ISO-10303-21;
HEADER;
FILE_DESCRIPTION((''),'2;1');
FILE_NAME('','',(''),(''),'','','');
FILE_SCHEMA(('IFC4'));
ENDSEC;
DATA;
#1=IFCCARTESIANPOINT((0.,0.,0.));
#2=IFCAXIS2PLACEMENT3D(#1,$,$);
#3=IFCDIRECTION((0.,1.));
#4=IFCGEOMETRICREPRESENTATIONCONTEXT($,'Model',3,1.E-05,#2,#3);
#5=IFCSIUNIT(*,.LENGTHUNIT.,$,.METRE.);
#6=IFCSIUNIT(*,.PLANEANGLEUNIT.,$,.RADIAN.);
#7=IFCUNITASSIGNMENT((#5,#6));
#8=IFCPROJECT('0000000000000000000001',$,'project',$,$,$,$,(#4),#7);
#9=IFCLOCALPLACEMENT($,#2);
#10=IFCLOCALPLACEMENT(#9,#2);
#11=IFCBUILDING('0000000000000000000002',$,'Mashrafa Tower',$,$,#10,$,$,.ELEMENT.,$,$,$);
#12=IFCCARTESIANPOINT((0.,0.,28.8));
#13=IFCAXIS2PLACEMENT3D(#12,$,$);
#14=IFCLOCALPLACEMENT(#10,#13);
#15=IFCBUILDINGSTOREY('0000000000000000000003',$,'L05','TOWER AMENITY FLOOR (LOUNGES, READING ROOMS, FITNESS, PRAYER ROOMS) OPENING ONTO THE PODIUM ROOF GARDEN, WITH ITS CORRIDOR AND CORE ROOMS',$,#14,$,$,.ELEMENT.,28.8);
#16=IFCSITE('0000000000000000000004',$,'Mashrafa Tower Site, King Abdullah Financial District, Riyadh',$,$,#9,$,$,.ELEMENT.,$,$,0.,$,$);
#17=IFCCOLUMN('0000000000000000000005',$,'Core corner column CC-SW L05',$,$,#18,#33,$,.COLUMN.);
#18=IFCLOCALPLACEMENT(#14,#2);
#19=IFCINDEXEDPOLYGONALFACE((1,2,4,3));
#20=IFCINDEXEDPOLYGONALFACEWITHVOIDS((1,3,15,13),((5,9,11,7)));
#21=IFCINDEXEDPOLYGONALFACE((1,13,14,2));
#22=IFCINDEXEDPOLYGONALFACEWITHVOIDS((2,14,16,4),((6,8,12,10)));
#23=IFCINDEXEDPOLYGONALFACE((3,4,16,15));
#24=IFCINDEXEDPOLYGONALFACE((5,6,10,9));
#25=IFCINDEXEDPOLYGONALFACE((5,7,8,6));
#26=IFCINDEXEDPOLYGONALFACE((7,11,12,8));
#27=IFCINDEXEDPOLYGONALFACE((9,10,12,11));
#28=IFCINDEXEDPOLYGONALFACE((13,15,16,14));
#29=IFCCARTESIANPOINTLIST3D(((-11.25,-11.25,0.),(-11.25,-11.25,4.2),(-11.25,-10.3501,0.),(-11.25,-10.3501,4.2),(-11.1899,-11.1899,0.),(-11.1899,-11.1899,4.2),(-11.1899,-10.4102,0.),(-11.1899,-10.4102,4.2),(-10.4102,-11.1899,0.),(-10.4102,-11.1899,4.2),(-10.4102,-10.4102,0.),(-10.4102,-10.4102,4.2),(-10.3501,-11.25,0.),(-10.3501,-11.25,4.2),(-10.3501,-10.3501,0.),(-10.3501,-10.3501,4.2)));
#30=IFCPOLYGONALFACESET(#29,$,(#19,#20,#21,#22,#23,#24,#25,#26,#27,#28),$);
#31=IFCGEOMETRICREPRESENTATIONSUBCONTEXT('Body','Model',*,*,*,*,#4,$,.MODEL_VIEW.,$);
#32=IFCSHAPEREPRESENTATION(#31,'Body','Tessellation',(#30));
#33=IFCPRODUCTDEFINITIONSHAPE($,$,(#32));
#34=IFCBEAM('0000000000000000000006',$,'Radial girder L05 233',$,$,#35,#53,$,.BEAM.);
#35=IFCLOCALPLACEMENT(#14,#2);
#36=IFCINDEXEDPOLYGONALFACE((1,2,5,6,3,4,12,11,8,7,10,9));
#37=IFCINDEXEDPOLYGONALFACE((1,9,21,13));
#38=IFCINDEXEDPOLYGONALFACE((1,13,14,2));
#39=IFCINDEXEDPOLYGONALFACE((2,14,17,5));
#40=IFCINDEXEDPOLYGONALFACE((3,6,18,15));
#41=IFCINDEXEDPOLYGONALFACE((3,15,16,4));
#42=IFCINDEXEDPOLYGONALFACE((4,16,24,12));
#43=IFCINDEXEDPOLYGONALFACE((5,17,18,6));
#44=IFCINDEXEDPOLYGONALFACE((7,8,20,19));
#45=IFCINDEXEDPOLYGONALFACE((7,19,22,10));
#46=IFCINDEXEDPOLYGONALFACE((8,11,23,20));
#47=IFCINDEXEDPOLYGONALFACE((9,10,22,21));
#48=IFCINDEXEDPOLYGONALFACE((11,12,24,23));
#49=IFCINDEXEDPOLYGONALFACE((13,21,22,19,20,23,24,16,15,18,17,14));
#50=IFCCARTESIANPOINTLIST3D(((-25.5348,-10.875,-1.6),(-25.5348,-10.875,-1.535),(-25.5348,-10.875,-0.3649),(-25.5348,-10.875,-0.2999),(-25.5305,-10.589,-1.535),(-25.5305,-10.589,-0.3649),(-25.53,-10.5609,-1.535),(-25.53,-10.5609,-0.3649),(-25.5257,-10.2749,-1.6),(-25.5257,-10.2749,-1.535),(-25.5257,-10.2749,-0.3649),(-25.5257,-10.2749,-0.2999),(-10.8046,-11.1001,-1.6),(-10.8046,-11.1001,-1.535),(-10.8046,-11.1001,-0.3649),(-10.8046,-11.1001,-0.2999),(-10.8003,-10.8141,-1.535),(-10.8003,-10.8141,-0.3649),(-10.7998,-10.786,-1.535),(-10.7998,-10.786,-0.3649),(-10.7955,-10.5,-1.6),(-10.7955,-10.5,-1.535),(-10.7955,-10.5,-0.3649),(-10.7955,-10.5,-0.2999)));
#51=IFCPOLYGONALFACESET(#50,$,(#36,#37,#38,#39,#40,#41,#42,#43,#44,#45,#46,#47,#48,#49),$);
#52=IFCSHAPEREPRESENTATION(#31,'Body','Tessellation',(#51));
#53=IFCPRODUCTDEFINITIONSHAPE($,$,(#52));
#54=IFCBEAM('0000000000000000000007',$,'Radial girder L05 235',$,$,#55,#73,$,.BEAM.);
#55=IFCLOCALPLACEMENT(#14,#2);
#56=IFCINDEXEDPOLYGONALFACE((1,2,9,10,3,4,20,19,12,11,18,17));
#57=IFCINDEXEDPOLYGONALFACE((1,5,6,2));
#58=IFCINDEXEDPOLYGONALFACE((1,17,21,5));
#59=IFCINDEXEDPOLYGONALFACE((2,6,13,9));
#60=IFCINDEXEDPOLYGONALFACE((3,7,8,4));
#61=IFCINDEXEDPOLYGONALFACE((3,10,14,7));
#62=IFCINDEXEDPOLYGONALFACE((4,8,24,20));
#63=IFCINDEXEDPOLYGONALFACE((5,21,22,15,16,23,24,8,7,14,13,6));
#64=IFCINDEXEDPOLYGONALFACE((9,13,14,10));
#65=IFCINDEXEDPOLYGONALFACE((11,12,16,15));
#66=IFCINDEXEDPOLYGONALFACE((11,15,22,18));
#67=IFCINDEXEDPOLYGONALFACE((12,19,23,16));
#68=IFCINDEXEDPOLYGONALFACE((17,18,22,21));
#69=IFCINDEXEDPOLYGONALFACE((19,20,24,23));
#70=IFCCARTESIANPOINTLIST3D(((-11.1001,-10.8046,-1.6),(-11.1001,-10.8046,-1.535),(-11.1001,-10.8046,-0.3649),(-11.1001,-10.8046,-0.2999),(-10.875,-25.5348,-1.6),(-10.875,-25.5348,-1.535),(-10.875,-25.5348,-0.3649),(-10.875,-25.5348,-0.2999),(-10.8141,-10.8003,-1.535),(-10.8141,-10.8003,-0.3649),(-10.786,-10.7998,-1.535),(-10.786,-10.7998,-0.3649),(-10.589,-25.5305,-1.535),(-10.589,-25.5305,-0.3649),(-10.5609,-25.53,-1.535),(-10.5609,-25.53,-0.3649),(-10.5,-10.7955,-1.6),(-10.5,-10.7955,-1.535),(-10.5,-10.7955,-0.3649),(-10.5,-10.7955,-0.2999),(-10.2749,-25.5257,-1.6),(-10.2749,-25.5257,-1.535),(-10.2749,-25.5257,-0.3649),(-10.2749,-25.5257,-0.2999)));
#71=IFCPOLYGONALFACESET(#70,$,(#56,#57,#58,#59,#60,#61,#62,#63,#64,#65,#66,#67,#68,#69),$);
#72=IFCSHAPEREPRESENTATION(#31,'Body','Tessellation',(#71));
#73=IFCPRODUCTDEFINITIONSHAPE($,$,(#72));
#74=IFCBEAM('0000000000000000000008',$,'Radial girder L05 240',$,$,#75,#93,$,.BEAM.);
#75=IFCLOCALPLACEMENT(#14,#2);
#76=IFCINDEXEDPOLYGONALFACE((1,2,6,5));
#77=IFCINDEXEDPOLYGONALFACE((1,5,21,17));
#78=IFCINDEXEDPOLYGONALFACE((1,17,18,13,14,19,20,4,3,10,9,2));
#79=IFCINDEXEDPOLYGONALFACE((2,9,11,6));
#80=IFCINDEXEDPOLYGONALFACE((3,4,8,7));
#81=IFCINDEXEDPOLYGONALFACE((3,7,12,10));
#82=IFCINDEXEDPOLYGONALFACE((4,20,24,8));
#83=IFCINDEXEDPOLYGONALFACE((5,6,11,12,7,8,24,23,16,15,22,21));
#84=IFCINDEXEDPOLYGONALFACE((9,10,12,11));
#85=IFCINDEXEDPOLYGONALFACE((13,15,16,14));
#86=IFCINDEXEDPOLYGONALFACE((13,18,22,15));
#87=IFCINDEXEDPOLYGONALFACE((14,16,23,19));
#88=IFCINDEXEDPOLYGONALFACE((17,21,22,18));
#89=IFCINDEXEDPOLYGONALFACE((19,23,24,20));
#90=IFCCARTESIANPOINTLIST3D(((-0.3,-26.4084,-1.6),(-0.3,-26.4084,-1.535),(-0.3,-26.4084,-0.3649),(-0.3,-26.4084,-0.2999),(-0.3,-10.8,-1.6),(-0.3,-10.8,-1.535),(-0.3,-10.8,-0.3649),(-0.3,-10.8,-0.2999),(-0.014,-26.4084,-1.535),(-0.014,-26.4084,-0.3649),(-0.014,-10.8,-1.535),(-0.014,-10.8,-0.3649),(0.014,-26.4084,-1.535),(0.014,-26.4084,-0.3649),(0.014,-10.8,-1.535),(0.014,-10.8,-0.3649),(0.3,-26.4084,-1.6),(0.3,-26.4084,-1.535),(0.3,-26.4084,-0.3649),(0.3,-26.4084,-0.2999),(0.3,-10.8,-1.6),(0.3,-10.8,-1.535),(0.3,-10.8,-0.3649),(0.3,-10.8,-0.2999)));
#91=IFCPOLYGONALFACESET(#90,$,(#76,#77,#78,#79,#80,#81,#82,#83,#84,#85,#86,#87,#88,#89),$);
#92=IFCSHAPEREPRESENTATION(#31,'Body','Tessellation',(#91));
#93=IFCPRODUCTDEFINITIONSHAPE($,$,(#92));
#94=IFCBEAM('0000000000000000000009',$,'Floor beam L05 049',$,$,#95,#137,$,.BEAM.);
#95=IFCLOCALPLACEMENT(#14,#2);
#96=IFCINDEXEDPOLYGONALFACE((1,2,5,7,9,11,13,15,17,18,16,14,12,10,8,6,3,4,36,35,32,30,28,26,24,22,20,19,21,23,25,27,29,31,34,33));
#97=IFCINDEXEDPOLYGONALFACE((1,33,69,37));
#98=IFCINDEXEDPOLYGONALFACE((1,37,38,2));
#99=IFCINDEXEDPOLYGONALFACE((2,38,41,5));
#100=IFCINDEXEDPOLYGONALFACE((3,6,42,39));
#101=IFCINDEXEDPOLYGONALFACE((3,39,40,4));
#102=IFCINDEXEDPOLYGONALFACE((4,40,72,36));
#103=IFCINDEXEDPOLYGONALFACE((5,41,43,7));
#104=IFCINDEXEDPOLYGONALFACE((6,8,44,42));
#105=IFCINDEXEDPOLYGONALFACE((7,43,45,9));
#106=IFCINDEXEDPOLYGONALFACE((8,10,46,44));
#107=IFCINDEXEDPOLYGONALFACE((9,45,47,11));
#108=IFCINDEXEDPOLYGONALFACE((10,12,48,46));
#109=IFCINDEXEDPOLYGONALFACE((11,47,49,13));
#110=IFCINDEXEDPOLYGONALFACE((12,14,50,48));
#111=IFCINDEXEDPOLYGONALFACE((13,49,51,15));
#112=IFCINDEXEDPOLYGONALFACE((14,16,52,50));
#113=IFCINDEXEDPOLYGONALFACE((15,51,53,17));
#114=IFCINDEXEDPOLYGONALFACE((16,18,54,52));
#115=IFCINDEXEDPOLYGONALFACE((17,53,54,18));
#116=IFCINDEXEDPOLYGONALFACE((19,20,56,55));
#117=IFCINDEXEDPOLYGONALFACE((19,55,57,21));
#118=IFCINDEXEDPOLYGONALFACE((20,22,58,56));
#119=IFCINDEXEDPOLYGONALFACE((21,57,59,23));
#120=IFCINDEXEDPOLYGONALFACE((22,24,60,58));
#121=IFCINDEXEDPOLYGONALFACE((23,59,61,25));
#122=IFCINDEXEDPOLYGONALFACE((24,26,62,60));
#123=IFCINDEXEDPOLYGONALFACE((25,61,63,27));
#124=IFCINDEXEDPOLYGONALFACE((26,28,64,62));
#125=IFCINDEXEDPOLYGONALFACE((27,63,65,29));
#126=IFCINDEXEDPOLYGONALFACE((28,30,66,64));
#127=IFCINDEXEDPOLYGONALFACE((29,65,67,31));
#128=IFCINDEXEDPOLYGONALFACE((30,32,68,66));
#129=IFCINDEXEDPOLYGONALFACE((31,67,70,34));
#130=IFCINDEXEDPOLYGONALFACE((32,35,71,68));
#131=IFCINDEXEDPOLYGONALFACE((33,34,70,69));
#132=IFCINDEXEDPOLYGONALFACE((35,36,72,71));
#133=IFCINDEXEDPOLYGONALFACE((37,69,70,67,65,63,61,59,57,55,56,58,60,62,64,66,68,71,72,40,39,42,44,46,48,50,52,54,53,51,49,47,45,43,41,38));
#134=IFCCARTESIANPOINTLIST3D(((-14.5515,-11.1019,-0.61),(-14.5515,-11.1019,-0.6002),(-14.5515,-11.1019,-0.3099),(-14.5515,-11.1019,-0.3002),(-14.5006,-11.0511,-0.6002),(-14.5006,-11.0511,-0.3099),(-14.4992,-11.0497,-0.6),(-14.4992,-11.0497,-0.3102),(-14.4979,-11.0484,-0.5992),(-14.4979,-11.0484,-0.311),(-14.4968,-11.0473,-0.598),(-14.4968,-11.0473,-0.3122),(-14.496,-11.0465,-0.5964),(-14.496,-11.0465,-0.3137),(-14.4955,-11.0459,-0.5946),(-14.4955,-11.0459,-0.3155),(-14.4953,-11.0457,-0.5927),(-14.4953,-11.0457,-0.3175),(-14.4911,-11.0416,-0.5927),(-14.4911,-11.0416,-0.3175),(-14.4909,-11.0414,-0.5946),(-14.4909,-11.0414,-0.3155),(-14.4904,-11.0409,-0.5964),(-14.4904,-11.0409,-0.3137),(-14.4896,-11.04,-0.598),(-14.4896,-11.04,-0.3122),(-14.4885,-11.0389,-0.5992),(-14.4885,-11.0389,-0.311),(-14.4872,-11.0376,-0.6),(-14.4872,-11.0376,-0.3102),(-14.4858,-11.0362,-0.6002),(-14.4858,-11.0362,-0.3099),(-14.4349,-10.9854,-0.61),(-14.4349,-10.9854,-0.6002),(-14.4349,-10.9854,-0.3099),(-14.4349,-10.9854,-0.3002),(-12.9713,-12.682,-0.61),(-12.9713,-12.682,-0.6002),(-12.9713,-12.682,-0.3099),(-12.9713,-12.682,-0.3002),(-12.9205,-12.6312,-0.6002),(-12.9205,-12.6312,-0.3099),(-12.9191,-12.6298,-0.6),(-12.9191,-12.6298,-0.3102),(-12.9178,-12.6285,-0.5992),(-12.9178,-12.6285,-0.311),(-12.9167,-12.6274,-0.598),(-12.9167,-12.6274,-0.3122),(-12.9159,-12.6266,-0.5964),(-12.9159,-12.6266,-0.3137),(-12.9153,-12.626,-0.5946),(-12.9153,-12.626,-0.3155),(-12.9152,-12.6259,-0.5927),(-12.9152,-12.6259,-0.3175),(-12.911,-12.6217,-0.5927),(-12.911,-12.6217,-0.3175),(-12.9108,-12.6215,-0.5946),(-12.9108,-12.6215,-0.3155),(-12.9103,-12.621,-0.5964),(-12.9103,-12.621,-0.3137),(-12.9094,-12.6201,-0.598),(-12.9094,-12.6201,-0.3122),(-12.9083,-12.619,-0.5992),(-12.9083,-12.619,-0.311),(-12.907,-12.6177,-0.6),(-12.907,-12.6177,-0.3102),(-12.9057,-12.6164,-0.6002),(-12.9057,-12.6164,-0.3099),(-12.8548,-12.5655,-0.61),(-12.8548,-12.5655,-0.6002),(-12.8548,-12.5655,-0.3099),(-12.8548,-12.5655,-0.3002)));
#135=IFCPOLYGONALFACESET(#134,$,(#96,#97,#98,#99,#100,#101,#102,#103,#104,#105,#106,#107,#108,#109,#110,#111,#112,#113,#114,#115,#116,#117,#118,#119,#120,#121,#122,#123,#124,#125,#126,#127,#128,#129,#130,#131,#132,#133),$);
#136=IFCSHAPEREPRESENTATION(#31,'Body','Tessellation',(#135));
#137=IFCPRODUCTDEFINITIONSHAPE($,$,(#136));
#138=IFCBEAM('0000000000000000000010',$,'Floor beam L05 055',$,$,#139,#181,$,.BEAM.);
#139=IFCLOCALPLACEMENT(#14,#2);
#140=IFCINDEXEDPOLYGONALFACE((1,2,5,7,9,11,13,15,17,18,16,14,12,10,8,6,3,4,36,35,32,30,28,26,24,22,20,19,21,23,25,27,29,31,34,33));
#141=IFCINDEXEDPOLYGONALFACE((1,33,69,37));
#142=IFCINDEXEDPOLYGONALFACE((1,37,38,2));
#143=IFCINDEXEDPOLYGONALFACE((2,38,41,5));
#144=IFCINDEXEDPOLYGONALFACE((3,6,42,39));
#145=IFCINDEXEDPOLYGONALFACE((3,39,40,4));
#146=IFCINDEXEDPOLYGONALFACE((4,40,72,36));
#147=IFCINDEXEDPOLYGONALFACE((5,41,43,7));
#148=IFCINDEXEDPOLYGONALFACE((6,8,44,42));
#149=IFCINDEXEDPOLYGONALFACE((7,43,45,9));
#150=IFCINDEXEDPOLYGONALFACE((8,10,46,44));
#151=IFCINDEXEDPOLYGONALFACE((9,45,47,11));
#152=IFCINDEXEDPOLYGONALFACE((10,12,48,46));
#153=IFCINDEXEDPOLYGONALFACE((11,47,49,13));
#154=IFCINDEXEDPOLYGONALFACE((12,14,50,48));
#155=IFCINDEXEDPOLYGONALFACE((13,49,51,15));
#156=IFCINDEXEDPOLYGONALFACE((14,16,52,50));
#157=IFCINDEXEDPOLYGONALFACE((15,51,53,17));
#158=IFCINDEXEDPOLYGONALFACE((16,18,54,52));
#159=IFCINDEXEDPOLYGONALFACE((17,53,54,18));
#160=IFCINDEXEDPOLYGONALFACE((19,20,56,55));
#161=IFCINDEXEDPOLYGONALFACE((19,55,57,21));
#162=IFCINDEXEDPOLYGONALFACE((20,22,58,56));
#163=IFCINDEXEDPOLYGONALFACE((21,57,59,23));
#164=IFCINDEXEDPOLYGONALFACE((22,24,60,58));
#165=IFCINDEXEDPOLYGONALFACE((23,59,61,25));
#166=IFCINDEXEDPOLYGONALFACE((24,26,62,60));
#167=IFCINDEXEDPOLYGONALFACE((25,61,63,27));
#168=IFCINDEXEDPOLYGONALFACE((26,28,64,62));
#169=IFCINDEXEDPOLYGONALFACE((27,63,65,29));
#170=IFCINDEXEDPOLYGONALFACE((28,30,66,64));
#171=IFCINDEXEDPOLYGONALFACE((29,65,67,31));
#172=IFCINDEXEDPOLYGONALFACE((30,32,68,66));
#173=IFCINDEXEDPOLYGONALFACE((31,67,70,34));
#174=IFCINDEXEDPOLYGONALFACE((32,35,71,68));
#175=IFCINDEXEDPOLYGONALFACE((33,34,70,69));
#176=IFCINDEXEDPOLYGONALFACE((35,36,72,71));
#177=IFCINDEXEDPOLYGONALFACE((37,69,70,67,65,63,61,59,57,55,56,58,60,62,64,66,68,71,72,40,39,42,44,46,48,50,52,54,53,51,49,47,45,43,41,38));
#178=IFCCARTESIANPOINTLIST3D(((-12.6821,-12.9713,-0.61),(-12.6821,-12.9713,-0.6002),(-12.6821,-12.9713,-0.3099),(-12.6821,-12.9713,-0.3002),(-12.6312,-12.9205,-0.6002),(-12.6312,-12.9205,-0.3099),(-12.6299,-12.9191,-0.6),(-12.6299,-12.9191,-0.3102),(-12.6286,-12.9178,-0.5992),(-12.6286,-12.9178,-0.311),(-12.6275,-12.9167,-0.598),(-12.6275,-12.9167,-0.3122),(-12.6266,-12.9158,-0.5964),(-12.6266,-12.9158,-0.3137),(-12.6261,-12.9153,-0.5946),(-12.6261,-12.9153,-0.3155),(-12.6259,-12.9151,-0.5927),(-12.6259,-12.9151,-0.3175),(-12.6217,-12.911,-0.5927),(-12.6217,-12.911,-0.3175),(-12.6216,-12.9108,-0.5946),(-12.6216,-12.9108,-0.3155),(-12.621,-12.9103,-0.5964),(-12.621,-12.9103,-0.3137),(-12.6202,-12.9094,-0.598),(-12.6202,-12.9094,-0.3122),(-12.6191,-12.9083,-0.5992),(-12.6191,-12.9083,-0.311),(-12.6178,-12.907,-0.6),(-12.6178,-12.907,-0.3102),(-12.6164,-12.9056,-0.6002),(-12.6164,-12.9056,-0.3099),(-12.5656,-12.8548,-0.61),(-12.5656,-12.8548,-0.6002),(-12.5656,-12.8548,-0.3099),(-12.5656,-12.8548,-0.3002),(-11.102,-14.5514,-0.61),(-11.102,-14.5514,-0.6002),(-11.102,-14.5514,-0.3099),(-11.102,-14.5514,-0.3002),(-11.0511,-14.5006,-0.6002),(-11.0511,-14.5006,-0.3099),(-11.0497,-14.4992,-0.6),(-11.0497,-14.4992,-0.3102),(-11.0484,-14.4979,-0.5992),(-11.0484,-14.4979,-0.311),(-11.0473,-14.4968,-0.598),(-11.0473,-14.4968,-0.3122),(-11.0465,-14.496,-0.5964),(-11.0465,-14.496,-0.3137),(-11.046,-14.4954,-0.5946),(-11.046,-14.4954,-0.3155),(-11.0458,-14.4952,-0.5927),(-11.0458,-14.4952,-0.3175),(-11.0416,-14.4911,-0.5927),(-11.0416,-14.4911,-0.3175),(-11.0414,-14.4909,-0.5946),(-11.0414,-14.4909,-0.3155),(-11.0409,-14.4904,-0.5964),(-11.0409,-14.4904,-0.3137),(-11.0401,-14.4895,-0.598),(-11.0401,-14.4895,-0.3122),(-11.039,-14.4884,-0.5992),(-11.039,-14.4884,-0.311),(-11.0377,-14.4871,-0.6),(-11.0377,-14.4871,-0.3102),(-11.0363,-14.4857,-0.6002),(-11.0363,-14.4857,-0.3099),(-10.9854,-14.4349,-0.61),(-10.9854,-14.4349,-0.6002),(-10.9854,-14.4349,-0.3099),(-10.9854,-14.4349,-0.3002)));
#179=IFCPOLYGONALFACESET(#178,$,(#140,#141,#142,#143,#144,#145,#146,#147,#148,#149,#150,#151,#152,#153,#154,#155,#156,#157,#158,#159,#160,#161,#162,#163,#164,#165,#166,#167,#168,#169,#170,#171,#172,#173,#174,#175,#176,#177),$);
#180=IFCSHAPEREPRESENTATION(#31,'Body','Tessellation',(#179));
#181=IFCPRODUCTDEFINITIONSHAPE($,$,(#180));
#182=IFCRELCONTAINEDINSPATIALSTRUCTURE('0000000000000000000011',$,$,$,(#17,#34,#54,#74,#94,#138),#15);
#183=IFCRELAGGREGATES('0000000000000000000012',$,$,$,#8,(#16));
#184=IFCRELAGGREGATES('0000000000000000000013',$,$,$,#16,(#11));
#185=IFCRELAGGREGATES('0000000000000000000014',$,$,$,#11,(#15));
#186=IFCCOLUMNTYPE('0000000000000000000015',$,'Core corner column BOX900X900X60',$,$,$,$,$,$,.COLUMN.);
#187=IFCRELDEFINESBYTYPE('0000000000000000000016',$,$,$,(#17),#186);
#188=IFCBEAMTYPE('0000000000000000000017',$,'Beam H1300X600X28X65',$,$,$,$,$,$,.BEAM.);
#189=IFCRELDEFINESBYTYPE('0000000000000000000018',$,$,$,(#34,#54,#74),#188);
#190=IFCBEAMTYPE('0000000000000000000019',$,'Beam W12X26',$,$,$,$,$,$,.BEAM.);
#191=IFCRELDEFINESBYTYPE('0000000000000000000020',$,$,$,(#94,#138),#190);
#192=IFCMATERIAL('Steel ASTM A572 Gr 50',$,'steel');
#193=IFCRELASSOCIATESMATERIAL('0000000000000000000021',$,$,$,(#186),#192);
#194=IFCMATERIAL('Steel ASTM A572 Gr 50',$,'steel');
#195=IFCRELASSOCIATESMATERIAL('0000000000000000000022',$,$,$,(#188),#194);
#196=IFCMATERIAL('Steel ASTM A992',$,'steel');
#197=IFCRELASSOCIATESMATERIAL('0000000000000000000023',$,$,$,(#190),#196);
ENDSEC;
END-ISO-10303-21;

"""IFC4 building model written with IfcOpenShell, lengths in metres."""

from ifc_helpers import new_model, si_unit, direction, frame, origin, origin_2d, place, context, subcontext, project, spatial, hollow_rectangle, i_section, extrude, material, material_profile, profile_set, type_object, element, save


model = new_model("IFC4")

# Units and contexts
model_context = context("Model", 3, precision=1e-05, world=origin(), true_north=direction((0.0, 1.0)))
body_context = subcontext(model_context, "Body", "Model", "MODEL_VIEW")
ifc_project = project(units=[si_unit("LENGTHUNIT", "METRE"), si_unit("PLANEANGLEUNIT", "RADIAN")], contexts=[model_context])

# Site, building, storey
site_placement = place(None, origin())
site = spatial("IfcSite", under=ifc_project, at=site_placement, Name="Mashrafa Tower Site, King Abdullah Financial District, Riyadh", CompositionType="ELEMENT", RefElevation=0.0)
building_placement = place(site_placement, origin())
building = spatial("IfcBuilding", under=site, at=building_placement, Name="Mashrafa Tower", CompositionType="ELEMENT")
storey_placement = place(building_placement, frame((0.0, 0.0, 28.8)))
storey = spatial("IfcBuildingStorey", under=building, at=storey_placement, Name="L05", Description="TOWER AMENITY FLOOR (LOUNGES, READING ROOMS, FITNESS, PRAYER ROOMS) OPENING ONTO THE PODIUM ROOF GARDEN, WITH ITS CORRIDOR AND CORE ROOMS", CompositionType="ELEMENT", Elevation=28.8)

# Column
ifc_material_1 = material(Name="Steel ASTM A572 Gr 50", Category="steel")
ifc_material_profile_1 = material_profile(ifc_material_1, hollow_rectangle(XDim=0.8999, YDim=0.8999, WallThickness=0.0601, at=origin_2d()), Name="BOX900X900X60")
ifc_profile_set_1 = profile_set([ifc_material_profile_1], Name="Steel ASTM A572 Gr 50")
column_type = type_object("IfcColumnType", Name="Core corner column BOX900X900X60", PredefinedType="COLUMN", material=ifc_profile_set_1)
column_placement = place(storey_placement, frame((-10.8, -10.8, 0.0), z_axis=(0.0, 0.0, 1.0), x_axis=(1.0, 0.0, 0.0)))
element("IfcColumn", 1, at=column_placement, inside=storey, type_object=column_type, Name="Core corner column CC-SW L05", PredefinedType="COLUMN", context=body_context, shape_type="SweptSolid", body=[
    extrude(hollow_rectangle(XDim=0.8999, YDim=0.8999, WallThickness=0.0601, at=origin_2d()), origin(), (0.0, 0.0, 1.0), 4.2),
])

# Beams
ifc_material_2 = material(Name="Steel ASTM A572 Gr 50", Category="steel")
ifc_material_profile_2 = material_profile(ifc_material_2, i_section(OverallWidth=0.6001, OverallDepth=1.3, WebThickness=0.0281, FlangeThickness=0.0649, at=origin_2d()), Name="H1300X600X28X65")
ifc_profile_set_2 = profile_set([ifc_material_profile_2], Name="Steel ASTM A572 Gr 50")
beam_type_1 = type_object("IfcBeamType", Name="Beam H1300X600X28X65", PredefinedType="BEAM", material=ifc_profile_set_2)
for number, where, z_axis, x_axis, name in (
    (2, (-10.8, -10.8, -0.95), (-0.999883, 0.01528, 0.0), (-0.01528, -0.999883, 0.0), "Radial girder L05 233"),
    (3, (-10.8, -10.8, -0.95), (0.01528, -0.999883, 0.0), (0.999883, 0.01528, 0.0), "Radial girder L05 235"),
):
    element("IfcBeam", number, at=place(storey_placement, frame(where, z_axis=z_axis, x_axis=x_axis)), inside=storey, type_object=beam_type_1, Name=name, PredefinedType="BEAM", context=body_context, shape_type="SweptSolid", body=[
        extrude(i_section(OverallWidth=0.6001, OverallDepth=1.3, WebThickness=0.0281, FlangeThickness=0.0649, at=origin_2d()), origin(), (0.0, 0.0, 1.0), 14.7319),
    ])
beam_1_placement = place(storey_placement, frame((0.0, -10.8, -0.95), z_axis=(0.0, -1.0, 0.0), x_axis=(1.0, 0.0, 0.0)))
element("IfcBeam", 4, at=beam_1_placement, inside=storey, type_object=beam_type_1, Name="Radial girder L05 240", PredefinedType="BEAM", context=body_context, shape_type="SweptSolid", body=[
    extrude(i_section(OverallWidth=0.6001, OverallDepth=1.3, WebThickness=0.0281, FlangeThickness=0.0649, at=origin_2d()), origin(), (0.0, 0.0, 1.0), 15.6084),
])
ifc_material_3 = material(Name="Steel ASTM A992", Category="steel")
ifc_material_profile_3 = material_profile(ifc_material_3, i_section(OverallWidth=0.1648, OverallDepth=0.3098, WebThickness=0.0059, FlangeThickness=0.0098, FilletRadius=0.0076, at=origin_2d()), Name="W12X26")
ifc_profile_set_3 = profile_set([ifc_material_profile_3], Name="Steel ASTM A992")
beam_type_2 = type_object("IfcBeamType", Name="Beam W12X26", PredefinedType="BEAM", material=ifc_profile_set_3)
for number, where, z_axis, x_axis, name in (
    (5, (-12.9131, -12.6238, -0.4551), (-0.707107, 0.707107, 0.0), (-0.707107, -0.707107, 0.0), "Floor beam L05 049"),
    (6, (-11.0437, -14.4932, -0.4551), (-0.707107, 0.707107, 0.0), (-0.707107, -0.707107, 0.0), "Floor beam L05 055"),
):
    element("IfcBeam", number, at=place(storey_placement, frame(where, z_axis=z_axis, x_axis=x_axis)), inside=storey, type_object=beam_type_2, Name=name, PredefinedType="BEAM", context=body_context, shape_type="SweptSolid", body=[
        extrude(i_section(OverallWidth=0.1648, OverallDepth=0.3098, WebThickness=0.0059, FlangeThickness=0.0098, FilletRadius=0.0076, at=origin_2d()), origin(), (0.0, 0.0, 1.0), 2.2346),
    ])

save(model, "model.ifc")
